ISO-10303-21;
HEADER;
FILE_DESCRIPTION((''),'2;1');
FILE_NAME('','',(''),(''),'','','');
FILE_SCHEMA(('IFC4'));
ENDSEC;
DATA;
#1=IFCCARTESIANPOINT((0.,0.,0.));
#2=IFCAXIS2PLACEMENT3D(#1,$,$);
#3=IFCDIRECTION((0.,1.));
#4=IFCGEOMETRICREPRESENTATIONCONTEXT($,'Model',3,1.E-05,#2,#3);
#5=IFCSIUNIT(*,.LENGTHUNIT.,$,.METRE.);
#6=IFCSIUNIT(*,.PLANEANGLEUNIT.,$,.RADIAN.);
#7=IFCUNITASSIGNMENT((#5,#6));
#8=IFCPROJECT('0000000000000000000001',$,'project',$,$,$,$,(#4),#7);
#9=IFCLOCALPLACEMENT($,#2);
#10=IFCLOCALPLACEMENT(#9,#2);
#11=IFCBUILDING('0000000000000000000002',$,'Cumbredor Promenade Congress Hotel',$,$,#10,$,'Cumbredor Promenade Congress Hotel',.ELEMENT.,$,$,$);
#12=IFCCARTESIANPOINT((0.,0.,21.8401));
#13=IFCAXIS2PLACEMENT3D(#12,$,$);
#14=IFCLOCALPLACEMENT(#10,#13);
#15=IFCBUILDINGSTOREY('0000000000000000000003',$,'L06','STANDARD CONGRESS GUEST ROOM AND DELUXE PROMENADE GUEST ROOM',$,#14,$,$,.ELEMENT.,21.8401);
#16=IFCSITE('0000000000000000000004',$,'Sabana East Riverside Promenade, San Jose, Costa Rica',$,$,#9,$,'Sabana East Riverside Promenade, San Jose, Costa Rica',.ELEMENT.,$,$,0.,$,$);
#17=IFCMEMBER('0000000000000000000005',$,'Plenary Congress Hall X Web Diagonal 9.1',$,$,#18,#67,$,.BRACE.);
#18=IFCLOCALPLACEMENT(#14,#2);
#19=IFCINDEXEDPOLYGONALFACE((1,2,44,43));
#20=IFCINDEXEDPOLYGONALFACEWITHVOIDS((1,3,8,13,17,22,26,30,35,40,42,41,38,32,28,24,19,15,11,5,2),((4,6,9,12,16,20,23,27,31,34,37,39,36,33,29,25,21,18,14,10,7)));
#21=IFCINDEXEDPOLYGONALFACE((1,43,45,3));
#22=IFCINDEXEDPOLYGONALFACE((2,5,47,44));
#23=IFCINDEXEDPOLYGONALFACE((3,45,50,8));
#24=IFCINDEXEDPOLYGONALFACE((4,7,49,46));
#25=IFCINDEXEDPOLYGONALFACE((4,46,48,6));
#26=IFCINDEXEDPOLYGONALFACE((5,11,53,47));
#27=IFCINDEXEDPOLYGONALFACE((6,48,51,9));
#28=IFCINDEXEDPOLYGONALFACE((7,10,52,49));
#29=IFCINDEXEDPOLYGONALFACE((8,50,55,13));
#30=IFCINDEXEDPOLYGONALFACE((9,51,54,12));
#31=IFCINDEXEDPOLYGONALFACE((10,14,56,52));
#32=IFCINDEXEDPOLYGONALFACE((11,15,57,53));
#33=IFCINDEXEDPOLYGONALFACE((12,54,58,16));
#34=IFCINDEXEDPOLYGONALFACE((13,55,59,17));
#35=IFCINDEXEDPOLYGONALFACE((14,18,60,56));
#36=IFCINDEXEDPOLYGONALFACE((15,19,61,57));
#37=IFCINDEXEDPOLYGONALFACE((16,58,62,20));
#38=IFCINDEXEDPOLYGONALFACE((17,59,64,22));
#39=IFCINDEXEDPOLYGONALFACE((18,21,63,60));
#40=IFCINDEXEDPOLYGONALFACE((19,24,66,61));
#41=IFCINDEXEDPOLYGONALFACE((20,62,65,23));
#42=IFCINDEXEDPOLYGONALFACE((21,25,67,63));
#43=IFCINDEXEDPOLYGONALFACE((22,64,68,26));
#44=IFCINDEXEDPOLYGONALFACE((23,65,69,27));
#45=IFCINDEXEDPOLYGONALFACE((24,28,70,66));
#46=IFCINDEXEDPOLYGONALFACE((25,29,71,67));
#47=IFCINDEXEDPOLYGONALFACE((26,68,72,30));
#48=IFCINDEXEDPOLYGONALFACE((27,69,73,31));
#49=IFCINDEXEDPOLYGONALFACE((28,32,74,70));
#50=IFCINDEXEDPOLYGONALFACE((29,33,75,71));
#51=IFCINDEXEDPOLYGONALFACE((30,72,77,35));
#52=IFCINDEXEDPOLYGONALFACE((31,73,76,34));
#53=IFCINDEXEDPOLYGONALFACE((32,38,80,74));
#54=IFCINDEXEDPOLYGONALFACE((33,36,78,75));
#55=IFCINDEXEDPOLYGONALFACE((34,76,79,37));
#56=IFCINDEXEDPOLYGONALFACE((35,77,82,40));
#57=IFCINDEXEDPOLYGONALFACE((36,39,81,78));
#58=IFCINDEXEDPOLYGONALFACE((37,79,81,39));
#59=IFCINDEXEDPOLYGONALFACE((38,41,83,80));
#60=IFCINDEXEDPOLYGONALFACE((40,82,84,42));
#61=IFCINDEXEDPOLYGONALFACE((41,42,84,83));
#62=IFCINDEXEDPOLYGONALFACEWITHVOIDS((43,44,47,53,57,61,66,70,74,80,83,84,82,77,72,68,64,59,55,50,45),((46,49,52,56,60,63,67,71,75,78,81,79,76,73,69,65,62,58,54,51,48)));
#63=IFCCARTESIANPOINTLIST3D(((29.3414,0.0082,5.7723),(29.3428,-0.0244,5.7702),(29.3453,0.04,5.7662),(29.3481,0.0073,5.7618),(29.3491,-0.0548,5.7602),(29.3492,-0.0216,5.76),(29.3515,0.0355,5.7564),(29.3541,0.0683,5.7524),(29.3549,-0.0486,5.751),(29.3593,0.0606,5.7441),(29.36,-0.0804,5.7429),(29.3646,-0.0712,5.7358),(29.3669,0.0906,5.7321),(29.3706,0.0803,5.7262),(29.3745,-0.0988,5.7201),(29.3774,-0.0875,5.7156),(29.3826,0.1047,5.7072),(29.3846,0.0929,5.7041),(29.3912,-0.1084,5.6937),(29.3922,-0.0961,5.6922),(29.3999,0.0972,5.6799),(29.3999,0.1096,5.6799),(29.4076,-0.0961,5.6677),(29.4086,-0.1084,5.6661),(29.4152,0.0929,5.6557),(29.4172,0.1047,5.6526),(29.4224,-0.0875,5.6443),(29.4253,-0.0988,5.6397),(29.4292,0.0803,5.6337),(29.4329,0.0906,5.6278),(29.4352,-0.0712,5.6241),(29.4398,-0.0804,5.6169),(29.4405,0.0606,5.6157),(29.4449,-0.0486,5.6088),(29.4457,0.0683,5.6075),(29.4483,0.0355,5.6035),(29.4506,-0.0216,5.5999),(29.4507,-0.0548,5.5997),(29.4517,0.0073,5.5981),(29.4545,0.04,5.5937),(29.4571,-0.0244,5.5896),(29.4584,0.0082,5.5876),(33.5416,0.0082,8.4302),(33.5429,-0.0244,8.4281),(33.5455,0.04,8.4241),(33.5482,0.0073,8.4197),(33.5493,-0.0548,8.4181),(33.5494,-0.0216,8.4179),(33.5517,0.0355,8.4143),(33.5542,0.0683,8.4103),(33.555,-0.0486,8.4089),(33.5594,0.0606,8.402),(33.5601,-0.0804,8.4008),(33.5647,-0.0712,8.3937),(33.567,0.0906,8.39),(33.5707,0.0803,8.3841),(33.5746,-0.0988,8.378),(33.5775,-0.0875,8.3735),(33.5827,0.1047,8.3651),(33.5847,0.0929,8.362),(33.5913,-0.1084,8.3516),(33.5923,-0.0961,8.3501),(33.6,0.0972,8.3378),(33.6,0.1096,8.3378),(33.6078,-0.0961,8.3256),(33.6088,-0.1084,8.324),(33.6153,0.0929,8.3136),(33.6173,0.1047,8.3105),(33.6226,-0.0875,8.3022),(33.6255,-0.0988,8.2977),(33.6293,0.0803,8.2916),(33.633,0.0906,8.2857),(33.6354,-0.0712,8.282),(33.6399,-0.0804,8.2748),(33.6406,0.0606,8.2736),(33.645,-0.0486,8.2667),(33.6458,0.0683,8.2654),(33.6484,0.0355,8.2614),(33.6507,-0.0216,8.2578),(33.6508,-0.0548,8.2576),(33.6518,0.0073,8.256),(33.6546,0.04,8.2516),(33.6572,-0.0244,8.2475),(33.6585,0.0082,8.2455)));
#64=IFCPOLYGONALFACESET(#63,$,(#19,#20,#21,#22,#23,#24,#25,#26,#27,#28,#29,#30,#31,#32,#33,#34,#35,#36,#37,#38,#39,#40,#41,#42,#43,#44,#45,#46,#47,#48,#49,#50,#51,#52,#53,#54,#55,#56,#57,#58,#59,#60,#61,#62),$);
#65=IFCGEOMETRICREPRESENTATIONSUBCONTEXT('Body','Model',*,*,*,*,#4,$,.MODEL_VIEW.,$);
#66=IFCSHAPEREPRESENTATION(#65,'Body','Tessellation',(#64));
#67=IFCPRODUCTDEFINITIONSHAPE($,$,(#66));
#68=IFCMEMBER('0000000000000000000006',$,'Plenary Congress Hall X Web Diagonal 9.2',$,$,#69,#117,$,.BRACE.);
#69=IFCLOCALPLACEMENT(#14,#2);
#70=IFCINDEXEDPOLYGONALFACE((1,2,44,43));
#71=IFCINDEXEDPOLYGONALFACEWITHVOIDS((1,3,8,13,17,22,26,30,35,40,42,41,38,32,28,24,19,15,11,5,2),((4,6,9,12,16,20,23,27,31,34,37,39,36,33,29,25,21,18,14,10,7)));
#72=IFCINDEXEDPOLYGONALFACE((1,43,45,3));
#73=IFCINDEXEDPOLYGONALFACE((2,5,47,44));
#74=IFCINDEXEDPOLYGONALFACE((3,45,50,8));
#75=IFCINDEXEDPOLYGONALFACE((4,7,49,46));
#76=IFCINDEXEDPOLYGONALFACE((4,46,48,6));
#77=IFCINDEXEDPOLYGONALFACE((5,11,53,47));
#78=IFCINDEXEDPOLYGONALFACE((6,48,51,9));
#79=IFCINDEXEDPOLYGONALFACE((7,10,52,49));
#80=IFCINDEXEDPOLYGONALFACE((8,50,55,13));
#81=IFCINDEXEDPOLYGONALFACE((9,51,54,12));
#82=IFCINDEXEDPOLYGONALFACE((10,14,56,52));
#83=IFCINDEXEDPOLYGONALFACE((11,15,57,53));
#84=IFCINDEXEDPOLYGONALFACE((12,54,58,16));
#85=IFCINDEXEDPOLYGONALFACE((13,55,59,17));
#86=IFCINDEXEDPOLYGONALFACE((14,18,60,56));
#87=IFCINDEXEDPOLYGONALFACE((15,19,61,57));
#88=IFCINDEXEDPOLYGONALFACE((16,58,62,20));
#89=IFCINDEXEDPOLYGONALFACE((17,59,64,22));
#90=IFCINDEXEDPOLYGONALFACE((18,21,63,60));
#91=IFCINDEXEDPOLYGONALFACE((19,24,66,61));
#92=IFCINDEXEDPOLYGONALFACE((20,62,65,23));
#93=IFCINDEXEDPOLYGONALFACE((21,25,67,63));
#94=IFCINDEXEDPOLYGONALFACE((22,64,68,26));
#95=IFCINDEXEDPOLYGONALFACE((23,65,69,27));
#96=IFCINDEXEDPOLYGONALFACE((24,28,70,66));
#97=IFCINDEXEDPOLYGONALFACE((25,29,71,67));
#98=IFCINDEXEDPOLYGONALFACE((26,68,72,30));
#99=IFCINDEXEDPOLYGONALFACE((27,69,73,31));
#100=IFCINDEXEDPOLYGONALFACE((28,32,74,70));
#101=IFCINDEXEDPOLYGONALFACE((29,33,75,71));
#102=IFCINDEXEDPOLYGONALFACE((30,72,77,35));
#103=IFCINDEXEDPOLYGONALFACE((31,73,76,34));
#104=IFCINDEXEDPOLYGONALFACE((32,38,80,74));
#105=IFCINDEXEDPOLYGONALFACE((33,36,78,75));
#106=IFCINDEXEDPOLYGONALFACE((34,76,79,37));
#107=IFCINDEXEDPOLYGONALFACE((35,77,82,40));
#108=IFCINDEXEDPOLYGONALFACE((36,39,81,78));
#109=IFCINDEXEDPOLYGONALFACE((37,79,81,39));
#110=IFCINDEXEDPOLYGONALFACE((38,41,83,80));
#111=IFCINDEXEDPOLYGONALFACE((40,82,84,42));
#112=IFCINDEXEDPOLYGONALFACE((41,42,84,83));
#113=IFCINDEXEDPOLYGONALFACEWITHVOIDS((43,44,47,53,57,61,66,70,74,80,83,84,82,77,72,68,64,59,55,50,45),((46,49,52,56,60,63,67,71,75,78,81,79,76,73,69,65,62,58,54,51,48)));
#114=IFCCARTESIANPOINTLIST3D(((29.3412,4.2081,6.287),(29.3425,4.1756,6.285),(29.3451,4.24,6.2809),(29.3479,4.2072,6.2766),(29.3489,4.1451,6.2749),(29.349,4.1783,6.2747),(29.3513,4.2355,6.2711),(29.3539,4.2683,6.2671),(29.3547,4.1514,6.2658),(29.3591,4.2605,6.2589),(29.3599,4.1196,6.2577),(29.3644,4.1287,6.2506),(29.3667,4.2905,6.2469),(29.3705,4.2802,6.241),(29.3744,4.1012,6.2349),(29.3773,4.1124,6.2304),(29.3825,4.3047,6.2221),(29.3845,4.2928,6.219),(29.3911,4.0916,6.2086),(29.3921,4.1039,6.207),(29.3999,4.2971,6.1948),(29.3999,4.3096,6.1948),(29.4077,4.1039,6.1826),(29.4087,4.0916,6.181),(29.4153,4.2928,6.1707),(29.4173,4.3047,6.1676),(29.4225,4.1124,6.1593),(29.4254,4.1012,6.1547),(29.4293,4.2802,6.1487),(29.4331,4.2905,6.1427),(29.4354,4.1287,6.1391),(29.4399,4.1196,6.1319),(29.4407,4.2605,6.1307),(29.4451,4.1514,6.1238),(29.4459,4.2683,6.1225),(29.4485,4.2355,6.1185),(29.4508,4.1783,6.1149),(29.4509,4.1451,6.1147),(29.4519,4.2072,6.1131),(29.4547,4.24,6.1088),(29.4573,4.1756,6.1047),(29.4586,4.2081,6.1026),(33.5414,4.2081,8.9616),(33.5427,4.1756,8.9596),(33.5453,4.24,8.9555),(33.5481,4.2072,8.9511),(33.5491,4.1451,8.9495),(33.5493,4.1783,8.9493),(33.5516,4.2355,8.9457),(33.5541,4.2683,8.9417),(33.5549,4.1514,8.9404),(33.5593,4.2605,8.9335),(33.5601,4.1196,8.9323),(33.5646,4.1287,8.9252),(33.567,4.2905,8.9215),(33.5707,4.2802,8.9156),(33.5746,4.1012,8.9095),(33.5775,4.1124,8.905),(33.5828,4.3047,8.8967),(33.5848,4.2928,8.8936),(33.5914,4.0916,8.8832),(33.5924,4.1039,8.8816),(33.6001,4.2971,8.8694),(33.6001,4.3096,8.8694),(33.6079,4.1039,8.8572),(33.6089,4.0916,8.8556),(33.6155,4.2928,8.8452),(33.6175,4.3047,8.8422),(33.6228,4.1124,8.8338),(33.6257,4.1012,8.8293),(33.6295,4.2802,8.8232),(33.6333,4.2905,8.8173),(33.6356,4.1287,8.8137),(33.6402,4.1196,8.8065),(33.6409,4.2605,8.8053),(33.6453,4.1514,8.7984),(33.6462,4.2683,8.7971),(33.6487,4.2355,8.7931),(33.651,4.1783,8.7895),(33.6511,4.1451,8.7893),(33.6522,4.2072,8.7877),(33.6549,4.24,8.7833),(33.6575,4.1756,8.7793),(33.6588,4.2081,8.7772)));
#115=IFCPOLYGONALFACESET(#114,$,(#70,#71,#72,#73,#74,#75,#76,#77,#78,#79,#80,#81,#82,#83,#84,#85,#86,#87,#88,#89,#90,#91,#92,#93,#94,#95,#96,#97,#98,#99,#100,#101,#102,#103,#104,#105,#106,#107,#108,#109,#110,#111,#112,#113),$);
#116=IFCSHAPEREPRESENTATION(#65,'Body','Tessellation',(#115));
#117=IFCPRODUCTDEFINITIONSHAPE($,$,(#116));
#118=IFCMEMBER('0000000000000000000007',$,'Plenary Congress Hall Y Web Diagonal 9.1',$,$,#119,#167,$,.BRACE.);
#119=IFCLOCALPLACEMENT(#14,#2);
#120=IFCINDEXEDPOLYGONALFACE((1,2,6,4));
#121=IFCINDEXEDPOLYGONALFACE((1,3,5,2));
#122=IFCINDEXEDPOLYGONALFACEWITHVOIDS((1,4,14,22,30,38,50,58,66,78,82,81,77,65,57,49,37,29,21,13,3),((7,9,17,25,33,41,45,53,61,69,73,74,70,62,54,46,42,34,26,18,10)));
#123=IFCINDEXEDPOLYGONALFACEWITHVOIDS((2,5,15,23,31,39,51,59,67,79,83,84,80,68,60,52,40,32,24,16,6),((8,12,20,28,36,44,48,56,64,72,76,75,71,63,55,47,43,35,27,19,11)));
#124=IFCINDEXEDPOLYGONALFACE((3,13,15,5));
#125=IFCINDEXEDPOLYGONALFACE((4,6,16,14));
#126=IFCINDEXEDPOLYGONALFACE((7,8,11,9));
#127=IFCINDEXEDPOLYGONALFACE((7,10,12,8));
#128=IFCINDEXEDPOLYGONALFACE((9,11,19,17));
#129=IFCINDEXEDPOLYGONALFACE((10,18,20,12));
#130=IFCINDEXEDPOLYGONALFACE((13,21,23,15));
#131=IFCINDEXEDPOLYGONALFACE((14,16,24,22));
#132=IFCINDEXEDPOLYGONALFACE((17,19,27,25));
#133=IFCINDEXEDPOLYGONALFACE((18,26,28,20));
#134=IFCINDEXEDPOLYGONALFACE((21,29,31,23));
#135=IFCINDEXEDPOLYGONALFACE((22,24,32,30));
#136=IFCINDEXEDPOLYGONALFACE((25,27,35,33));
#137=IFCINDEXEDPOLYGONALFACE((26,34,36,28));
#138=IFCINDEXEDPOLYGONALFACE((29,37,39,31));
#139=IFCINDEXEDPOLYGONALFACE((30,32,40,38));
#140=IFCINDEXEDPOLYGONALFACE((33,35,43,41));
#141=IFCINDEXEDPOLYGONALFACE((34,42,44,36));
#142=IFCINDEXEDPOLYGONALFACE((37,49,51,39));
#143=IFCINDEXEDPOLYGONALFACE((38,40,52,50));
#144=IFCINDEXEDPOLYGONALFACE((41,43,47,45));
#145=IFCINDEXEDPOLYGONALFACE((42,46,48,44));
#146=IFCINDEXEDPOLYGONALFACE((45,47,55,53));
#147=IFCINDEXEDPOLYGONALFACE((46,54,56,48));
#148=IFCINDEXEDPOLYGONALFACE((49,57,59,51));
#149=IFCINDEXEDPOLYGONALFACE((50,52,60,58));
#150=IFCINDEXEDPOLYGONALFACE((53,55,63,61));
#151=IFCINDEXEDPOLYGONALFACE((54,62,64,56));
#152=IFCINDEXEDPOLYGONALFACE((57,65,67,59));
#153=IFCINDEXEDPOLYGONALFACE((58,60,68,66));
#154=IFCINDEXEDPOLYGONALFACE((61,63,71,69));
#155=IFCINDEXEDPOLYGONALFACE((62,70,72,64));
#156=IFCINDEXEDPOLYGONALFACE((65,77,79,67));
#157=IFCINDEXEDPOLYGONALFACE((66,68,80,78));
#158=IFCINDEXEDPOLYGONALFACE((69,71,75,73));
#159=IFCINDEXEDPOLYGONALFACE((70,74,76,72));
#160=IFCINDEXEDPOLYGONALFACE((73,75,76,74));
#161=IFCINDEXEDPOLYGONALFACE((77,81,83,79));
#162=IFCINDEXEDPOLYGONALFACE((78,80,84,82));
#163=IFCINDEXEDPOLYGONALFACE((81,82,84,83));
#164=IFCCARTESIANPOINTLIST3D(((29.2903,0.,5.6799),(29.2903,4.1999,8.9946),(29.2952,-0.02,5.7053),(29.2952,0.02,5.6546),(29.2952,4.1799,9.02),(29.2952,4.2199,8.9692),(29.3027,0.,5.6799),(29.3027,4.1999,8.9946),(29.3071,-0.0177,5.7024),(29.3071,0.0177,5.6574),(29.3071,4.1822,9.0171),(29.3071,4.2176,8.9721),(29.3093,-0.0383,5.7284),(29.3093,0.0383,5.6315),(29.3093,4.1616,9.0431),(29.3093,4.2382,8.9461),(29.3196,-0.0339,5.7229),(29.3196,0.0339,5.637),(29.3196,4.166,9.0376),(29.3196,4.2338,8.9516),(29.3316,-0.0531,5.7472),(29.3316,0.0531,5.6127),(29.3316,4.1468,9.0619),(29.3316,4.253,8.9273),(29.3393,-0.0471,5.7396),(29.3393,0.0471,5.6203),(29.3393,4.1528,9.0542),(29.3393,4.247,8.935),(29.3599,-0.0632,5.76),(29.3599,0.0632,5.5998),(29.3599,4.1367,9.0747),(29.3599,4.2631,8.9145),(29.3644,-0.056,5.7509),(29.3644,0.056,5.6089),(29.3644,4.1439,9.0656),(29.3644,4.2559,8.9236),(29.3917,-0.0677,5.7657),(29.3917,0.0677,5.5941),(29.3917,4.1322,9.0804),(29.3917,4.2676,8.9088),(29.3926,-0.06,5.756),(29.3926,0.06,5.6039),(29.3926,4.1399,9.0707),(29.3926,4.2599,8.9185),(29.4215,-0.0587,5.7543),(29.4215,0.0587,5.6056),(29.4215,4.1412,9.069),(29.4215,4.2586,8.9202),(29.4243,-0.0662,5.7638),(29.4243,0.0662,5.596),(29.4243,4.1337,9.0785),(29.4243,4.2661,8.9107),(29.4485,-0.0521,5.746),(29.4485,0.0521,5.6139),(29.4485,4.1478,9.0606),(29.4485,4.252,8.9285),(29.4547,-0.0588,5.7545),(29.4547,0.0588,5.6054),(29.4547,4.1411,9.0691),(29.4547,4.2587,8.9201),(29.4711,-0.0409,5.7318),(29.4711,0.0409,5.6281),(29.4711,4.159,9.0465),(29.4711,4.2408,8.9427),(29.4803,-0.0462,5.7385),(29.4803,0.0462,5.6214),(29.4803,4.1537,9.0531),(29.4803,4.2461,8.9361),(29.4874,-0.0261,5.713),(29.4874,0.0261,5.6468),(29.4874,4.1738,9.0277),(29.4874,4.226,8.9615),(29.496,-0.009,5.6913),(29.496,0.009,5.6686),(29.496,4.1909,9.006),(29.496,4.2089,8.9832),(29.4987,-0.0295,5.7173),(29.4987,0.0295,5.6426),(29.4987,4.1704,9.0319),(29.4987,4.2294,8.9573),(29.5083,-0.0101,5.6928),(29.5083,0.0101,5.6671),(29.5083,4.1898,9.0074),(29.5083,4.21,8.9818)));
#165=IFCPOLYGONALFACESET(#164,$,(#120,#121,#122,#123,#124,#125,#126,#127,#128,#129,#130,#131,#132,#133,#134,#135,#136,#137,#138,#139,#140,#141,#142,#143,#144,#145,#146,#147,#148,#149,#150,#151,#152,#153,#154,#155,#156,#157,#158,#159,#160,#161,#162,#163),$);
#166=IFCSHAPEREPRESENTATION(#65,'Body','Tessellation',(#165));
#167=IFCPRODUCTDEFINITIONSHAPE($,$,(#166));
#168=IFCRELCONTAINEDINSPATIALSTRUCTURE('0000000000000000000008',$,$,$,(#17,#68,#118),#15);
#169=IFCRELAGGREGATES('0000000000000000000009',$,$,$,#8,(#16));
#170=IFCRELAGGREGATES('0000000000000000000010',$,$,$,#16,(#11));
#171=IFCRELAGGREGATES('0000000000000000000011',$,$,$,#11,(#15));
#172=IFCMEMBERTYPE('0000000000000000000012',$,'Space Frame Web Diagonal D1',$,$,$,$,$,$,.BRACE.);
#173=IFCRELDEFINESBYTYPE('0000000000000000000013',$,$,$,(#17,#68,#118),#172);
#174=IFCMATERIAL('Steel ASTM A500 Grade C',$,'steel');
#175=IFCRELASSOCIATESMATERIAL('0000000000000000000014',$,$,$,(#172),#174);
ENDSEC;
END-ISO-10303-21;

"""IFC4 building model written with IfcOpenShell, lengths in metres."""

from ifc_helpers import new_model, si_unit, direction, frame, origin, origin_2d, place, context, subcontext, project, spatial, hollow_circle, extrude, material, material_profile, profile_set, type_object, element, save


model = new_model("IFC4")

# Units and contexts
model_context = context("Model", 3, precision=1e-05, world=origin(), true_north=direction((0.0, 1.0)))
body_context = subcontext(model_context, "Body", "Model", "MODEL_VIEW")
ifc_project = project(units=[si_unit("LENGTHUNIT", "METRE"), si_unit("PLANEANGLEUNIT", "RADIAN")], contexts=[model_context])

# Site, building, storey
site_placement = place(None, origin())
site = spatial("IfcSite", under=ifc_project, at=site_placement, Name="Sabana East Riverside Promenade, San Jose, Costa Rica", LongName="Sabana East Riverside Promenade, San Jose, Costa Rica", CompositionType="ELEMENT", RefElevation=0.0)
building_placement = place(site_placement, origin())
building = spatial("IfcBuilding", under=site, at=building_placement, Name="Cumbredor Promenade Congress Hotel", LongName="Cumbredor Promenade Congress Hotel", CompositionType="ELEMENT")
storey_placement = place(building_placement, frame((0.0, 0.0, 21.8401)))
storey = spatial("IfcBuildingStorey", under=building, at=storey_placement, Name="L06", Description="STANDARD CONGRESS GUEST ROOM AND DELUXE PROMENADE GUEST ROOM", CompositionType="ELEMENT", Elevation=21.8401)

# Members
ifc_material_1 = material(Name="Steel ASTM A500 Grade C", Category="steel")
ifc_material_profile_1 = material_profile(ifc_material_1, hollow_circle(Radius=0.1096, WallThickness=0.0125, at=origin_2d()), Name="CHS 219.1x12.5")
ifc_profile_set_1 = profile_set([ifc_material_profile_1], Name="Steel ASTM A500 Grade C")
member_type_1 = type_object("IfcMemberType", Name="Space Frame Web Diagonal D1", PredefinedType="BRACE", material=ifc_profile_set_1)
member_1_placement = place(storey_placement, frame((29.3999, 0.0, 5.6799), z_axis=(0.845016, 0.0, 0.534741), x_axis=(0.0, 1.0, 0.0)))
element("IfcMember", 1, at=member_1_placement, inside=storey, type_object=member_type_1, Name="Plenary Congress Hall X Web Diagonal 9.1", PredefinedType="BRACE", context=body_context, shape_type="SweptSolid", body=[
    extrude(hollow_circle(Radius=0.1096, WallThickness=0.0125, at=origin_2d()), origin(), (0.0, 0.0, 1.0), 4.9705),
])
member_2_placement = place(storey_placement, frame((29.3999, 4.2, 6.1948), z_axis=(0.843506, 0.0, 0.53712), x_axis=(0.0, 1.0, 0.0)))
element("IfcMember", 2, at=member_2_placement, inside=storey, type_object=member_type_1, Name="Plenary Congress Hall X Web Diagonal 9.2", PredefinedType="BRACE", context=body_context, shape_type="SweptSolid", body=[
    extrude(hollow_circle(Radius=0.1096, WallThickness=0.0125, at=origin_2d()), origin(), (0.0, 0.0, 1.0), 4.9795),
])
member_3_placement = place(storey_placement, frame((29.3999, 0.0, 5.6799), z_axis=(0.0, 0.784979, 0.619523), x_axis=(-1.0, 0.0, 0.0)))
element("IfcMember", 3, at=member_3_placement, inside=storey, type_object=member_type_1, Name="Plenary Congress Hall Y Web Diagonal 9.1", PredefinedType="BRACE", context=body_context, shape_type="SweptSolid", body=[
    extrude(hollow_circle(Radius=0.1096, WallThickness=0.0125, at=origin_2d()), origin(), (0.0, 0.0, 1.0), 5.3503),
])

save(model, "model.ifc")
